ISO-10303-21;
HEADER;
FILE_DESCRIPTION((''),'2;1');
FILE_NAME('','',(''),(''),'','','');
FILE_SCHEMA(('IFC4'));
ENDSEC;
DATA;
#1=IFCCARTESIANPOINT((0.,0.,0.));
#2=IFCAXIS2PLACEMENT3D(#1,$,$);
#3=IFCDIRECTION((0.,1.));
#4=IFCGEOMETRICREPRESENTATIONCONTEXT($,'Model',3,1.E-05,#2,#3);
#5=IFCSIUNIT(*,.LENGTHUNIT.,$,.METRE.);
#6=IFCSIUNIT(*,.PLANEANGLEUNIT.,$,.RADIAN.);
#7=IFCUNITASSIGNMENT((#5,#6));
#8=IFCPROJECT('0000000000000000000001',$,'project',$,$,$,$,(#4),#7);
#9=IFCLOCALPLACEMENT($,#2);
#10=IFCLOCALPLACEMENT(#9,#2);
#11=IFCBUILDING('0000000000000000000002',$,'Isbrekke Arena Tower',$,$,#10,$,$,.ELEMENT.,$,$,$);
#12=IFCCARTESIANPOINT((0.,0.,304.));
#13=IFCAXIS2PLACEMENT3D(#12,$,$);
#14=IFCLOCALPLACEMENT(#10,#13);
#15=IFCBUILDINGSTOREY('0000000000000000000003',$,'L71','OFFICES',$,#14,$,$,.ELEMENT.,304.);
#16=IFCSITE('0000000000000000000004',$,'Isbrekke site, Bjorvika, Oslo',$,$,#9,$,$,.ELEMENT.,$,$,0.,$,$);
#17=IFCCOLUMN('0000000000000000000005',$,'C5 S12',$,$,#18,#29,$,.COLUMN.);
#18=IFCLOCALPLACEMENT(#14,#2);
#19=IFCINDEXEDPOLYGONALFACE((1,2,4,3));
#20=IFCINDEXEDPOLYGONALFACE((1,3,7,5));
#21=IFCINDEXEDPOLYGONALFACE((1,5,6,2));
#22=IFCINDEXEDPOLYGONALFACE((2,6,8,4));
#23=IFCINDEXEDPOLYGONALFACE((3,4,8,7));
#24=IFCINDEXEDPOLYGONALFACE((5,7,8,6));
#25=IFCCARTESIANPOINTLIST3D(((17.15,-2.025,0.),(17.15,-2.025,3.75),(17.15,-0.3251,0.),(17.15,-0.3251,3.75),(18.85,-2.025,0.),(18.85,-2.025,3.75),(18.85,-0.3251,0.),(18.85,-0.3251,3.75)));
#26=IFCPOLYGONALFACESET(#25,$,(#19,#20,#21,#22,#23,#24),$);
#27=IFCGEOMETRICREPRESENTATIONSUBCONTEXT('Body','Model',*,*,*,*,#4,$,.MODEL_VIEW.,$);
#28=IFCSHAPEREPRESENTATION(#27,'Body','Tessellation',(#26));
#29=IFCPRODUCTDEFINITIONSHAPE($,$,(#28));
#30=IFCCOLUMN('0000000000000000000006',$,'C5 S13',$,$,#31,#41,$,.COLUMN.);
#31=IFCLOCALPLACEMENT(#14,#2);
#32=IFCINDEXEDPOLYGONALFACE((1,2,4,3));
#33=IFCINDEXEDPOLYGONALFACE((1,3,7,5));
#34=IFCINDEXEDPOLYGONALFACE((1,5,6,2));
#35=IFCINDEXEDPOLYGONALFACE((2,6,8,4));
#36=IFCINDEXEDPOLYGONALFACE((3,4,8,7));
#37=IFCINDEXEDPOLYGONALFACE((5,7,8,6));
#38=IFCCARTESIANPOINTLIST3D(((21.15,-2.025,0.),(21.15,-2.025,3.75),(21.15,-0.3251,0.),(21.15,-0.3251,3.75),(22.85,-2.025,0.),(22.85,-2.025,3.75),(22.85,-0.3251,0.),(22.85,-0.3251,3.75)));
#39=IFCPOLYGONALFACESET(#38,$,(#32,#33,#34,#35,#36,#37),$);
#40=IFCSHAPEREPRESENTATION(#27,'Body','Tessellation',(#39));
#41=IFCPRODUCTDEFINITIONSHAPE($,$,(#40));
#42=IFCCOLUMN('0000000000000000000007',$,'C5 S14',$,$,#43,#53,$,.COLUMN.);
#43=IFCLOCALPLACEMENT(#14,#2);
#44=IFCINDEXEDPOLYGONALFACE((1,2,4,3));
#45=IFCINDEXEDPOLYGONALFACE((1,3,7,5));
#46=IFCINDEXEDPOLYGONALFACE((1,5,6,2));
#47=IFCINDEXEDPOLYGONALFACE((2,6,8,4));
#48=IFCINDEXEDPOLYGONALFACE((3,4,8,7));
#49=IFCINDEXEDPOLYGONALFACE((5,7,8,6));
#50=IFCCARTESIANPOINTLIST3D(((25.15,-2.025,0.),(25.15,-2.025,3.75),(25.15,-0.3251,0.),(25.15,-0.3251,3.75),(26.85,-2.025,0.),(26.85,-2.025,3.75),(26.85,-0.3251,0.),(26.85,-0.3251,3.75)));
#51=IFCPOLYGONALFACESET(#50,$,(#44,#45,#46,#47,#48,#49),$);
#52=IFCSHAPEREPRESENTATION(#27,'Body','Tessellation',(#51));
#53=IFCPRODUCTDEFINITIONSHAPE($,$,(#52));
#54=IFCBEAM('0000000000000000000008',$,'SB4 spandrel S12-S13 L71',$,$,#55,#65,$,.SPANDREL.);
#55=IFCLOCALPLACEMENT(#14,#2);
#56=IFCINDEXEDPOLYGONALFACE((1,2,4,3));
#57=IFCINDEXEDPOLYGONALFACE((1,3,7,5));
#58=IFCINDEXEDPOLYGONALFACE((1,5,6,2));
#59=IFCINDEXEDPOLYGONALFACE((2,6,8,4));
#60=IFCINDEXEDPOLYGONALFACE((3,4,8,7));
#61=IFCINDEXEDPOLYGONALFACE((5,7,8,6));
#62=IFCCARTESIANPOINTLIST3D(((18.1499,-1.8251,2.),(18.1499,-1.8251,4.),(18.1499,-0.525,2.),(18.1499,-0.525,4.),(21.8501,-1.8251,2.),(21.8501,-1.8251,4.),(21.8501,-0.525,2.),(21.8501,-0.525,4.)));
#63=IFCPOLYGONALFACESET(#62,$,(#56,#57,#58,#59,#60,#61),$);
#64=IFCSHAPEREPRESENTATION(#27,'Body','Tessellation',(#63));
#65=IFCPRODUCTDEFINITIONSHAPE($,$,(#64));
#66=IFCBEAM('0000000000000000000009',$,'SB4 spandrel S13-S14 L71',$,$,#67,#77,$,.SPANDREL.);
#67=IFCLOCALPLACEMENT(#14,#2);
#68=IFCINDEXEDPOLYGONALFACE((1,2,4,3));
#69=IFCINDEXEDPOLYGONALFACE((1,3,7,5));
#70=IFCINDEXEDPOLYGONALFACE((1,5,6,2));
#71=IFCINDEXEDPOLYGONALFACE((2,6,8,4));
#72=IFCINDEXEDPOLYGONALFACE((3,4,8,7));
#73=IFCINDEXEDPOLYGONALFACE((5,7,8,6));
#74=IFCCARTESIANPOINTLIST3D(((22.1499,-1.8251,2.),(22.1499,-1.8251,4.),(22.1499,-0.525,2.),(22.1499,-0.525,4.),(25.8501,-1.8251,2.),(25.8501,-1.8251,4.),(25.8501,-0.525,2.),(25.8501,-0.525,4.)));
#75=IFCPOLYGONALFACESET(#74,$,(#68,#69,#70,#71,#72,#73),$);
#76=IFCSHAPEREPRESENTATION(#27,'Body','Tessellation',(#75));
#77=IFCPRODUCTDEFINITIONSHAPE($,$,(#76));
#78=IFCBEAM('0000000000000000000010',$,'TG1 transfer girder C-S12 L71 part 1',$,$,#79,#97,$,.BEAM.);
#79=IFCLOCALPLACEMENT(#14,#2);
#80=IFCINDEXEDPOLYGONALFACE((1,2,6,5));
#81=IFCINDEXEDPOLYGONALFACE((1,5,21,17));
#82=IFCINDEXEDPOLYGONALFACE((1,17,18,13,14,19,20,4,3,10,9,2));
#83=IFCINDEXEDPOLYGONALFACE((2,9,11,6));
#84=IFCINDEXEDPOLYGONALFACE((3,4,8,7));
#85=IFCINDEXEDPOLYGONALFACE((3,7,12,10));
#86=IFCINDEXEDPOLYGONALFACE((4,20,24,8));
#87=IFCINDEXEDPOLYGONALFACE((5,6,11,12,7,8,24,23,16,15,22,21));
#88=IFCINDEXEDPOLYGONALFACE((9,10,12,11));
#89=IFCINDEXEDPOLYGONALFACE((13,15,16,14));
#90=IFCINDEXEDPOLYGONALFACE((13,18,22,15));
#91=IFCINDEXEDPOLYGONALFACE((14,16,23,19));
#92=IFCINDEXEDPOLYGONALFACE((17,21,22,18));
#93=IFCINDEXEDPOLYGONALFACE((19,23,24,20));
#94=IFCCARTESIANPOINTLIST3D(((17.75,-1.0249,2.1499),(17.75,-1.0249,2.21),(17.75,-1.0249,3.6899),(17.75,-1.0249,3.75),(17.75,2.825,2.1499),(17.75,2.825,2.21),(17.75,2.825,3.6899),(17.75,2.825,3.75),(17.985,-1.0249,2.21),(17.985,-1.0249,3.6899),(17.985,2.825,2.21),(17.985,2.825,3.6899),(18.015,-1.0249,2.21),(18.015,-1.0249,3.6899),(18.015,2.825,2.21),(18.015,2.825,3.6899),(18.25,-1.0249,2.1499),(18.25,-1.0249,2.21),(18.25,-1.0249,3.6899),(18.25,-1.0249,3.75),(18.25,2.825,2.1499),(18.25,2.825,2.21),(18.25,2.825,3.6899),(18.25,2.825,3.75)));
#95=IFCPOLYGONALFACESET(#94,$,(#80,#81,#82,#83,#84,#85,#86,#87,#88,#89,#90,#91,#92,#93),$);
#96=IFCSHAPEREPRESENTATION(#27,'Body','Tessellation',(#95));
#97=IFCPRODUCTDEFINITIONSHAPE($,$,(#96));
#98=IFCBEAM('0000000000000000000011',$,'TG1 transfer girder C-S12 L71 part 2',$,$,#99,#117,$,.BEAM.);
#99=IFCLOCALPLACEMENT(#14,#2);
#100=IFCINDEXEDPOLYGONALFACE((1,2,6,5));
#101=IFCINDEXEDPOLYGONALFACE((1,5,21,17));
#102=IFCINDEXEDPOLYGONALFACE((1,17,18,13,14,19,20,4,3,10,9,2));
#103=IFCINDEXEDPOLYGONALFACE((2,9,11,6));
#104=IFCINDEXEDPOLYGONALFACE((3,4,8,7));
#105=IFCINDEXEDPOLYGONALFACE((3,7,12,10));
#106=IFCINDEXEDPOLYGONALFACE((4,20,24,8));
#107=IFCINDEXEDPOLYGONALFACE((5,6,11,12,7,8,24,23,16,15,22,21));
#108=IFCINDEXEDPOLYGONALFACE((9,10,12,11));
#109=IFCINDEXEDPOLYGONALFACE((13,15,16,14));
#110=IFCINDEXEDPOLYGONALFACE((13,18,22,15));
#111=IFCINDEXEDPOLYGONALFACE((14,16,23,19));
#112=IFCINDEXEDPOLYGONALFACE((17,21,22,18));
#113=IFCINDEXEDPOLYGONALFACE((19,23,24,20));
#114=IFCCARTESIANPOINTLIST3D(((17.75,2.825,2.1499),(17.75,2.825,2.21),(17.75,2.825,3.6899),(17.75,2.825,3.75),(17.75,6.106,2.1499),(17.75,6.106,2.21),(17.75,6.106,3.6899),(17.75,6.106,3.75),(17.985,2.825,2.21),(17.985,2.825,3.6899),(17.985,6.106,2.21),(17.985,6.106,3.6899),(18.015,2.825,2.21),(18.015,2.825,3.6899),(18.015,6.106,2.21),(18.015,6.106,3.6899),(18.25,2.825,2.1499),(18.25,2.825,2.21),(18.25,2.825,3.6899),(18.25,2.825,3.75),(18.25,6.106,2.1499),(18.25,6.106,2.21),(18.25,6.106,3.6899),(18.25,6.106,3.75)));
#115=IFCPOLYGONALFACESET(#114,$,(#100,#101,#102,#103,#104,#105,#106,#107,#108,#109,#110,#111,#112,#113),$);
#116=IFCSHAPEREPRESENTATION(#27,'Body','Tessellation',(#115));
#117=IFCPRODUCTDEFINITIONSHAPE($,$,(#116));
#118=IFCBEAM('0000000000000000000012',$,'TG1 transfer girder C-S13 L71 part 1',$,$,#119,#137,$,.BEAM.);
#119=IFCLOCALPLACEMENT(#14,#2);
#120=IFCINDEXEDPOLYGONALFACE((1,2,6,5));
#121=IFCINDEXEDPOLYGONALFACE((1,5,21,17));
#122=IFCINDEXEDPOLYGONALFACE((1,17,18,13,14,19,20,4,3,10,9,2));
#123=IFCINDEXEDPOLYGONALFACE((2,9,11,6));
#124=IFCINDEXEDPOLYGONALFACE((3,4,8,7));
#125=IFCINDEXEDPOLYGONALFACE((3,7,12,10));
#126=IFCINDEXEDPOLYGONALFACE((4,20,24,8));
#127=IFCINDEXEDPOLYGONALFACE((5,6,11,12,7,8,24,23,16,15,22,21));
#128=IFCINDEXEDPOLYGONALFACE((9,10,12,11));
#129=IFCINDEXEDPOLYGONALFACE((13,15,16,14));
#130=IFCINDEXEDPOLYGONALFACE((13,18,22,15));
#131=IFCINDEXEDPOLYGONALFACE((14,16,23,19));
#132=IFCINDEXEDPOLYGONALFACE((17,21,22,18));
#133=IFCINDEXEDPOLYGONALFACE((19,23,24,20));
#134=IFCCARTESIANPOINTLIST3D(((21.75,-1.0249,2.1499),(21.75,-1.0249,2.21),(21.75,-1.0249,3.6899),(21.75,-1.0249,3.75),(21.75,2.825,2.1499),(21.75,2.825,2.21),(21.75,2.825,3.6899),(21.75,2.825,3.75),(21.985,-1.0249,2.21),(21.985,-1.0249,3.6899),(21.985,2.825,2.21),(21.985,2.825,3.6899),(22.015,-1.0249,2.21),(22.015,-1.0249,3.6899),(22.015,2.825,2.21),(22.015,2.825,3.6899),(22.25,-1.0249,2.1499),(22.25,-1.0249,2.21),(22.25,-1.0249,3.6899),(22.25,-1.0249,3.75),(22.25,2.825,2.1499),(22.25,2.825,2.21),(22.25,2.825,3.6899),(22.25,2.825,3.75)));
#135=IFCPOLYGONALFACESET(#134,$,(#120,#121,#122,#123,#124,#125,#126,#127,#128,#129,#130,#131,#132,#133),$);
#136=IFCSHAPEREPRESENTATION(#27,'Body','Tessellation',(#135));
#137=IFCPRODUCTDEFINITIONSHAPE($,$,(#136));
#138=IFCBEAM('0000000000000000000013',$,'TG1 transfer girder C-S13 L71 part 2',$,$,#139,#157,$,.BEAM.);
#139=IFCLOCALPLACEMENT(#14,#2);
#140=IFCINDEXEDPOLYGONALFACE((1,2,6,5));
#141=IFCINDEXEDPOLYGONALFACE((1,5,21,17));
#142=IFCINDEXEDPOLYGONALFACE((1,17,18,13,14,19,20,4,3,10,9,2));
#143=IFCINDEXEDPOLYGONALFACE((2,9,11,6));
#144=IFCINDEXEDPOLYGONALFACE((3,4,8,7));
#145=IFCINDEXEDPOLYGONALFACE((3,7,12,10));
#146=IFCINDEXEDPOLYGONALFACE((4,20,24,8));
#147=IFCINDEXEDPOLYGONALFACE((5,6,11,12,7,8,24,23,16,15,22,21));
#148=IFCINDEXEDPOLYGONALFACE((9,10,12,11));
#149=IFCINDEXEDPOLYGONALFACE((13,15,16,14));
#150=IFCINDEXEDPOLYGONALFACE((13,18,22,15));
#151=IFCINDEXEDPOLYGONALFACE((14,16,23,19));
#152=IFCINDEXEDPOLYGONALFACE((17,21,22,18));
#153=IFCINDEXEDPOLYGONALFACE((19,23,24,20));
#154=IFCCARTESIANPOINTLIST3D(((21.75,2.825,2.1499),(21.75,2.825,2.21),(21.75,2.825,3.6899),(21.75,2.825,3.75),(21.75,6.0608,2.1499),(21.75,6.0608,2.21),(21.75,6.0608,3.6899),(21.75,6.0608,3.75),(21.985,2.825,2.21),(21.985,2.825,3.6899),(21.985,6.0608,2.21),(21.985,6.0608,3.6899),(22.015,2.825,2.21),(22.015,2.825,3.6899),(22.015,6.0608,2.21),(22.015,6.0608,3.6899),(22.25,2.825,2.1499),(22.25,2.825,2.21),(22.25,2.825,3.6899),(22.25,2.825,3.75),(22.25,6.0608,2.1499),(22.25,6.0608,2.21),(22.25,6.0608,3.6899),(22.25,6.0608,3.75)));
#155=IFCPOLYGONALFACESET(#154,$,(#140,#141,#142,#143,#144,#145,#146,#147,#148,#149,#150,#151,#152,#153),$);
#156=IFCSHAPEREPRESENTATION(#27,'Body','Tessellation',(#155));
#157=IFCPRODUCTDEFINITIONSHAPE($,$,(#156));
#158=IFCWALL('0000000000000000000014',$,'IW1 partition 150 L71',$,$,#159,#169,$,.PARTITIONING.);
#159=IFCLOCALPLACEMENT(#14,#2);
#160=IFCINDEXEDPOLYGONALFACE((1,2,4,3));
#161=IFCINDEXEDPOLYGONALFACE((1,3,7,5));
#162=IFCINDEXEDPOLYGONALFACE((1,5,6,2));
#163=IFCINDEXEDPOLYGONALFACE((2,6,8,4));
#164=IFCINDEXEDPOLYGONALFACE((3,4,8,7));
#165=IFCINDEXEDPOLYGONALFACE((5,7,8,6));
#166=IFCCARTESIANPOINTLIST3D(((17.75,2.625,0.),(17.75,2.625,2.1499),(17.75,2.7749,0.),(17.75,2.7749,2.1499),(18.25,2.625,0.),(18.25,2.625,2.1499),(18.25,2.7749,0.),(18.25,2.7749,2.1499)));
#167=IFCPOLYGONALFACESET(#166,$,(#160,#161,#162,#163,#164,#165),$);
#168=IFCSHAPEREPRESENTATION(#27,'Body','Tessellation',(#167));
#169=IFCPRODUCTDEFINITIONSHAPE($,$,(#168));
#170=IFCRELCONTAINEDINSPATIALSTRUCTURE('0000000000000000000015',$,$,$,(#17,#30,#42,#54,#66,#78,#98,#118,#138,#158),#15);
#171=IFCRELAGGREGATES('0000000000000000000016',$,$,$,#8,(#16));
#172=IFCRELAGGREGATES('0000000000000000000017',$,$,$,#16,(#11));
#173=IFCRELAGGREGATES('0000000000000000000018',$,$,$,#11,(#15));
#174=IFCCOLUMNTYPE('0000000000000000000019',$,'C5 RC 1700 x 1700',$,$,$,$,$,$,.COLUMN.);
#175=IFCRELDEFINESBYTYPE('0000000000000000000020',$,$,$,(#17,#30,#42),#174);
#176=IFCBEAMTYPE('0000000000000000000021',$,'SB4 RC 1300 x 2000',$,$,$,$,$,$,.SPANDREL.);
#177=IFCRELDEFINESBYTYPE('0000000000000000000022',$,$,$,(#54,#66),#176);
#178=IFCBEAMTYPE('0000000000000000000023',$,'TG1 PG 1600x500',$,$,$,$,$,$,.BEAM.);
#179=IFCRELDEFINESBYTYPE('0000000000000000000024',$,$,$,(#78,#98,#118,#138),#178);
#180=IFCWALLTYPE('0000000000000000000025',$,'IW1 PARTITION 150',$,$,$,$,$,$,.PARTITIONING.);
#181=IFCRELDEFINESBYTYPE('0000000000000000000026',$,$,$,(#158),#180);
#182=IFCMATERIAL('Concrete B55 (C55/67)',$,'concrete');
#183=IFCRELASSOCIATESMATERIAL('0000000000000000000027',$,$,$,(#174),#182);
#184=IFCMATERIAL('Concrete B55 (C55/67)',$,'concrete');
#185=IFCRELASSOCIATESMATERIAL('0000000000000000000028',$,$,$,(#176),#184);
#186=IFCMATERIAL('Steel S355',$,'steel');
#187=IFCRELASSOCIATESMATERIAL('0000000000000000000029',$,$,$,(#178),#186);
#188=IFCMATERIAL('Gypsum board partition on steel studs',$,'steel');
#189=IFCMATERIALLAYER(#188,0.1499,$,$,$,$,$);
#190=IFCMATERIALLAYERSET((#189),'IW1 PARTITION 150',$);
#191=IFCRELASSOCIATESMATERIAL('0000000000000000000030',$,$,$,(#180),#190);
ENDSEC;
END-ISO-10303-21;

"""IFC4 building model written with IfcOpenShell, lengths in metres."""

from ifc_helpers import new_model, si_unit, direction, frame, frame_2d, origin, origin_2d, place, context, subcontext, project, spatial, rectangle, i_section, extrude, material, layer, layer_set, material_profile, profile_set, type_object, element, save


model = new_model("IFC4")

# Units and contexts
model_context = context("Model", 3, precision=1e-05, world=origin(), true_north=direction((0.0, 1.0)))
body_context = subcontext(model_context, "Body", "Model", "MODEL_VIEW")
ifc_project = project(units=[si_unit("LENGTHUNIT", "METRE"), si_unit("PLANEANGLEUNIT", "RADIAN")], contexts=[model_context])

# Site, building, storey
site_placement = place(None, origin())
site = spatial("IfcSite", under=ifc_project, at=site_placement, Name="Isbrekke site, Bjorvika, Oslo", CompositionType="ELEMENT", RefElevation=0.0)
building_placement = place(site_placement, origin())
building = spatial("IfcBuilding", under=site, at=building_placement, Name="Isbrekke Arena Tower", CompositionType="ELEMENT")
storey_placement = place(building_placement, frame((0.0, 0.0, 304.0)))
storey = spatial("IfcBuildingStorey", under=building, at=storey_placement, Name="L71", Description="OFFICES", CompositionType="ELEMENT", Elevation=304.0)

# Columns
ifc_material_1 = material(Name="Concrete B55 (C55/67)", Category="concrete")
ifc_material_profile_1 = material_profile(ifc_material_1, rectangle(XDim=1.7, YDim=1.7, at=origin_2d()), Name="RC 1700x1700")
ifc_profile_set_1 = profile_set([ifc_material_profile_1], Name="Concrete B55 (C55/67)")
column_type = type_object("IfcColumnType", Name="C5 RC 1700 x 1700", PredefinedType="COLUMN", material=ifc_profile_set_1)
for number, where, z_axis, x_axis, name in (
    (1, (18.0, -1.175, 0.0), (0.0, 0.0, 1.0), (1.0, 0.0, 0.0), "C5 S12"),
    (2, (22.0, -1.175, 0.0), (0.0, 0.0, 1.0), (1.0, 0.0, 0.0), "C5 S13"),
    (3, (26.0, -1.175, 0.0), (0.0, 0.0, 1.0), (1.0, 0.0, 0.0), "C5 S14"),
):
    element("IfcColumn", number, at=place(storey_placement, frame(where, z_axis=z_axis, x_axis=x_axis)), inside=storey, type_object=column_type, Name=name, PredefinedType="COLUMN", context=body_context, shape_type="SweptSolid", body=[
        extrude(rectangle(XDim=1.7, YDim=1.7, at=origin_2d()), origin(), (0.0, 0.0, 1.0), 3.75),
    ])

# Beams
ifc_material_2 = material(Name="Concrete B55 (C55/67)", Category="concrete")
ifc_material_profile_2 = material_profile(ifc_material_2, rectangle(XDim=1.3, YDim=2.0, at=origin_2d()), Name="RC 1300x2000")
ifc_profile_set_2 = profile_set([ifc_material_profile_2], Name="Concrete B55 (C55/67)")
beam_type_1 = type_object("IfcBeamType", Name="SB4 RC 1300 x 2000", PredefinedType="SPANDREL", material=ifc_profile_set_2)
for number, where, z_axis, x_axis, name in (
    (4, (18.1499, -1.175, 3.0), (1.0, 0.0, 0.0), (0.0, 1.0, 0.0), "SB4 spandrel S12-S13 L71"),
    (5, (22.1499, -1.175, 3.0), (1.0, 0.0, 0.0), (0.0, 1.0, 0.0), "SB4 spandrel S13-S14 L71"),
):
    element("IfcBeam", number, at=place(storey_placement, frame(where, z_axis=z_axis, x_axis=x_axis)), inside=storey, type_object=beam_type_1, Name=name, PredefinedType="SPANDREL", context=body_context, shape_type="SweptSolid", body=[
        extrude(rectangle(XDim=1.3, YDim=2.0, at=origin_2d()), origin(), (0.0, 0.0, 1.0), 3.7002),
    ])
ifc_material_3 = material(Name="Steel S355", Category="steel")
ifc_material_profile_3 = material_profile(ifc_material_3, i_section(OverallWidth=0.5, OverallDepth=1.6001, WebThickness=0.03, FlangeThickness=0.0601, at=origin_2d()), Name="PG 1600x500")
ifc_profile_set_3 = profile_set([ifc_material_profile_3], Name="Steel S355")
beam_type_2 = type_object("IfcBeamType", Name="TG1 PG 1600x500", PredefinedType="BEAM", material=ifc_profile_set_3)
beam_1_placement = place(storey_placement, frame((18.0, -1.0249, 2.95), z_axis=(0.0, 1.0, 0.0), x_axis=(-1.0, 0.0, 0.0)))
element("IfcBeam", 6, at=beam_1_placement, inside=storey, type_object=beam_type_2, Name="TG1 transfer girder C-S12 L71 part 1", PredefinedType="BEAM", context=body_context, shape_type="SweptSolid", body=[
    extrude(i_section(OverallWidth=0.5, OverallDepth=1.6001, WebThickness=0.03, FlangeThickness=0.0601, at=origin_2d()), origin(), (0.0, 0.0, 1.0), 3.8499),
])
beam_2_placement = place(storey_placement, frame((18.0, 2.825, 2.95), z_axis=(0.0, 1.0, 0.0), x_axis=(-1.0, 0.0, 0.0)))
element("IfcBeam", 7, at=beam_2_placement, inside=storey, type_object=beam_type_2, Name="TG1 transfer girder C-S12 L71 part 2", PredefinedType="BEAM", context=body_context, shape_type="SweptSolid", body=[
    extrude(i_section(OverallWidth=0.5, OverallDepth=1.6001, WebThickness=0.03, FlangeThickness=0.0601, at=origin_2d()), origin(), (0.0, 0.0, 1.0), 3.281),
])
beam_3_placement = place(storey_placement, frame((22.0, -1.0249, 2.95), z_axis=(0.0, 1.0, 0.0), x_axis=(-1.0, 0.0, 0.0)))
element("IfcBeam", 8, at=beam_3_placement, inside=storey, type_object=beam_type_2, Name="TG1 transfer girder C-S13 L71 part 1", PredefinedType="BEAM", context=body_context, shape_type="SweptSolid", body=[
    extrude(i_section(OverallWidth=0.5, OverallDepth=1.6001, WebThickness=0.03, FlangeThickness=0.0601, at=origin_2d()), origin(), (0.0, 0.0, 1.0), 3.8499),
])
beam_4_placement = place(storey_placement, frame((22.0, 2.825, 2.95), z_axis=(0.0, 1.0, 0.0), x_axis=(-1.0, 0.0, 0.0)))
element("IfcBeam", 9, at=beam_4_placement, inside=storey, type_object=beam_type_2, Name="TG1 transfer girder C-S13 L71 part 2", PredefinedType="BEAM", context=body_context, shape_type="SweptSolid", body=[
    extrude(i_section(OverallWidth=0.5, OverallDepth=1.6001, WebThickness=0.03, FlangeThickness=0.0601, at=origin_2d()), origin(), (0.0, 0.0, 1.0), 3.2358),
])

# Wall
ifc_material_4 = material(Name="Gypsum board partition on steel studs", Category="steel")
ifc_layer_1 = layer(ifc_material_4, 0.1499)
ifc_layer_set_1 = layer_set([ifc_layer_1], Name="IW1 PARTITION 150")
wall_type_1 = type_object("IfcWallType", Name="IW1 PARTITION 150", PredefinedType="PARTITIONING", material=ifc_layer_set_1)
wall_1_placement = place(storey_placement, frame((17.75, 2.7, 0.0), z_axis=(0.0, 0.0, 1.0), x_axis=(1.0, 0.0, 0.0)))
element("IfcWall", 10, at=wall_1_placement, inside=storey, type_object=wall_type_1, Name="IW1 partition 150 L71", PredefinedType="PARTITIONING", context=body_context, shape_type="SweptSolid", body=[
    extrude(rectangle(XDim=0.5, YDim=0.1499, at=frame_2d((0.25, 0.0))), origin(), (0.0, 0.0, 1.0), 2.1499),
])

save(model, "model.ifc")
